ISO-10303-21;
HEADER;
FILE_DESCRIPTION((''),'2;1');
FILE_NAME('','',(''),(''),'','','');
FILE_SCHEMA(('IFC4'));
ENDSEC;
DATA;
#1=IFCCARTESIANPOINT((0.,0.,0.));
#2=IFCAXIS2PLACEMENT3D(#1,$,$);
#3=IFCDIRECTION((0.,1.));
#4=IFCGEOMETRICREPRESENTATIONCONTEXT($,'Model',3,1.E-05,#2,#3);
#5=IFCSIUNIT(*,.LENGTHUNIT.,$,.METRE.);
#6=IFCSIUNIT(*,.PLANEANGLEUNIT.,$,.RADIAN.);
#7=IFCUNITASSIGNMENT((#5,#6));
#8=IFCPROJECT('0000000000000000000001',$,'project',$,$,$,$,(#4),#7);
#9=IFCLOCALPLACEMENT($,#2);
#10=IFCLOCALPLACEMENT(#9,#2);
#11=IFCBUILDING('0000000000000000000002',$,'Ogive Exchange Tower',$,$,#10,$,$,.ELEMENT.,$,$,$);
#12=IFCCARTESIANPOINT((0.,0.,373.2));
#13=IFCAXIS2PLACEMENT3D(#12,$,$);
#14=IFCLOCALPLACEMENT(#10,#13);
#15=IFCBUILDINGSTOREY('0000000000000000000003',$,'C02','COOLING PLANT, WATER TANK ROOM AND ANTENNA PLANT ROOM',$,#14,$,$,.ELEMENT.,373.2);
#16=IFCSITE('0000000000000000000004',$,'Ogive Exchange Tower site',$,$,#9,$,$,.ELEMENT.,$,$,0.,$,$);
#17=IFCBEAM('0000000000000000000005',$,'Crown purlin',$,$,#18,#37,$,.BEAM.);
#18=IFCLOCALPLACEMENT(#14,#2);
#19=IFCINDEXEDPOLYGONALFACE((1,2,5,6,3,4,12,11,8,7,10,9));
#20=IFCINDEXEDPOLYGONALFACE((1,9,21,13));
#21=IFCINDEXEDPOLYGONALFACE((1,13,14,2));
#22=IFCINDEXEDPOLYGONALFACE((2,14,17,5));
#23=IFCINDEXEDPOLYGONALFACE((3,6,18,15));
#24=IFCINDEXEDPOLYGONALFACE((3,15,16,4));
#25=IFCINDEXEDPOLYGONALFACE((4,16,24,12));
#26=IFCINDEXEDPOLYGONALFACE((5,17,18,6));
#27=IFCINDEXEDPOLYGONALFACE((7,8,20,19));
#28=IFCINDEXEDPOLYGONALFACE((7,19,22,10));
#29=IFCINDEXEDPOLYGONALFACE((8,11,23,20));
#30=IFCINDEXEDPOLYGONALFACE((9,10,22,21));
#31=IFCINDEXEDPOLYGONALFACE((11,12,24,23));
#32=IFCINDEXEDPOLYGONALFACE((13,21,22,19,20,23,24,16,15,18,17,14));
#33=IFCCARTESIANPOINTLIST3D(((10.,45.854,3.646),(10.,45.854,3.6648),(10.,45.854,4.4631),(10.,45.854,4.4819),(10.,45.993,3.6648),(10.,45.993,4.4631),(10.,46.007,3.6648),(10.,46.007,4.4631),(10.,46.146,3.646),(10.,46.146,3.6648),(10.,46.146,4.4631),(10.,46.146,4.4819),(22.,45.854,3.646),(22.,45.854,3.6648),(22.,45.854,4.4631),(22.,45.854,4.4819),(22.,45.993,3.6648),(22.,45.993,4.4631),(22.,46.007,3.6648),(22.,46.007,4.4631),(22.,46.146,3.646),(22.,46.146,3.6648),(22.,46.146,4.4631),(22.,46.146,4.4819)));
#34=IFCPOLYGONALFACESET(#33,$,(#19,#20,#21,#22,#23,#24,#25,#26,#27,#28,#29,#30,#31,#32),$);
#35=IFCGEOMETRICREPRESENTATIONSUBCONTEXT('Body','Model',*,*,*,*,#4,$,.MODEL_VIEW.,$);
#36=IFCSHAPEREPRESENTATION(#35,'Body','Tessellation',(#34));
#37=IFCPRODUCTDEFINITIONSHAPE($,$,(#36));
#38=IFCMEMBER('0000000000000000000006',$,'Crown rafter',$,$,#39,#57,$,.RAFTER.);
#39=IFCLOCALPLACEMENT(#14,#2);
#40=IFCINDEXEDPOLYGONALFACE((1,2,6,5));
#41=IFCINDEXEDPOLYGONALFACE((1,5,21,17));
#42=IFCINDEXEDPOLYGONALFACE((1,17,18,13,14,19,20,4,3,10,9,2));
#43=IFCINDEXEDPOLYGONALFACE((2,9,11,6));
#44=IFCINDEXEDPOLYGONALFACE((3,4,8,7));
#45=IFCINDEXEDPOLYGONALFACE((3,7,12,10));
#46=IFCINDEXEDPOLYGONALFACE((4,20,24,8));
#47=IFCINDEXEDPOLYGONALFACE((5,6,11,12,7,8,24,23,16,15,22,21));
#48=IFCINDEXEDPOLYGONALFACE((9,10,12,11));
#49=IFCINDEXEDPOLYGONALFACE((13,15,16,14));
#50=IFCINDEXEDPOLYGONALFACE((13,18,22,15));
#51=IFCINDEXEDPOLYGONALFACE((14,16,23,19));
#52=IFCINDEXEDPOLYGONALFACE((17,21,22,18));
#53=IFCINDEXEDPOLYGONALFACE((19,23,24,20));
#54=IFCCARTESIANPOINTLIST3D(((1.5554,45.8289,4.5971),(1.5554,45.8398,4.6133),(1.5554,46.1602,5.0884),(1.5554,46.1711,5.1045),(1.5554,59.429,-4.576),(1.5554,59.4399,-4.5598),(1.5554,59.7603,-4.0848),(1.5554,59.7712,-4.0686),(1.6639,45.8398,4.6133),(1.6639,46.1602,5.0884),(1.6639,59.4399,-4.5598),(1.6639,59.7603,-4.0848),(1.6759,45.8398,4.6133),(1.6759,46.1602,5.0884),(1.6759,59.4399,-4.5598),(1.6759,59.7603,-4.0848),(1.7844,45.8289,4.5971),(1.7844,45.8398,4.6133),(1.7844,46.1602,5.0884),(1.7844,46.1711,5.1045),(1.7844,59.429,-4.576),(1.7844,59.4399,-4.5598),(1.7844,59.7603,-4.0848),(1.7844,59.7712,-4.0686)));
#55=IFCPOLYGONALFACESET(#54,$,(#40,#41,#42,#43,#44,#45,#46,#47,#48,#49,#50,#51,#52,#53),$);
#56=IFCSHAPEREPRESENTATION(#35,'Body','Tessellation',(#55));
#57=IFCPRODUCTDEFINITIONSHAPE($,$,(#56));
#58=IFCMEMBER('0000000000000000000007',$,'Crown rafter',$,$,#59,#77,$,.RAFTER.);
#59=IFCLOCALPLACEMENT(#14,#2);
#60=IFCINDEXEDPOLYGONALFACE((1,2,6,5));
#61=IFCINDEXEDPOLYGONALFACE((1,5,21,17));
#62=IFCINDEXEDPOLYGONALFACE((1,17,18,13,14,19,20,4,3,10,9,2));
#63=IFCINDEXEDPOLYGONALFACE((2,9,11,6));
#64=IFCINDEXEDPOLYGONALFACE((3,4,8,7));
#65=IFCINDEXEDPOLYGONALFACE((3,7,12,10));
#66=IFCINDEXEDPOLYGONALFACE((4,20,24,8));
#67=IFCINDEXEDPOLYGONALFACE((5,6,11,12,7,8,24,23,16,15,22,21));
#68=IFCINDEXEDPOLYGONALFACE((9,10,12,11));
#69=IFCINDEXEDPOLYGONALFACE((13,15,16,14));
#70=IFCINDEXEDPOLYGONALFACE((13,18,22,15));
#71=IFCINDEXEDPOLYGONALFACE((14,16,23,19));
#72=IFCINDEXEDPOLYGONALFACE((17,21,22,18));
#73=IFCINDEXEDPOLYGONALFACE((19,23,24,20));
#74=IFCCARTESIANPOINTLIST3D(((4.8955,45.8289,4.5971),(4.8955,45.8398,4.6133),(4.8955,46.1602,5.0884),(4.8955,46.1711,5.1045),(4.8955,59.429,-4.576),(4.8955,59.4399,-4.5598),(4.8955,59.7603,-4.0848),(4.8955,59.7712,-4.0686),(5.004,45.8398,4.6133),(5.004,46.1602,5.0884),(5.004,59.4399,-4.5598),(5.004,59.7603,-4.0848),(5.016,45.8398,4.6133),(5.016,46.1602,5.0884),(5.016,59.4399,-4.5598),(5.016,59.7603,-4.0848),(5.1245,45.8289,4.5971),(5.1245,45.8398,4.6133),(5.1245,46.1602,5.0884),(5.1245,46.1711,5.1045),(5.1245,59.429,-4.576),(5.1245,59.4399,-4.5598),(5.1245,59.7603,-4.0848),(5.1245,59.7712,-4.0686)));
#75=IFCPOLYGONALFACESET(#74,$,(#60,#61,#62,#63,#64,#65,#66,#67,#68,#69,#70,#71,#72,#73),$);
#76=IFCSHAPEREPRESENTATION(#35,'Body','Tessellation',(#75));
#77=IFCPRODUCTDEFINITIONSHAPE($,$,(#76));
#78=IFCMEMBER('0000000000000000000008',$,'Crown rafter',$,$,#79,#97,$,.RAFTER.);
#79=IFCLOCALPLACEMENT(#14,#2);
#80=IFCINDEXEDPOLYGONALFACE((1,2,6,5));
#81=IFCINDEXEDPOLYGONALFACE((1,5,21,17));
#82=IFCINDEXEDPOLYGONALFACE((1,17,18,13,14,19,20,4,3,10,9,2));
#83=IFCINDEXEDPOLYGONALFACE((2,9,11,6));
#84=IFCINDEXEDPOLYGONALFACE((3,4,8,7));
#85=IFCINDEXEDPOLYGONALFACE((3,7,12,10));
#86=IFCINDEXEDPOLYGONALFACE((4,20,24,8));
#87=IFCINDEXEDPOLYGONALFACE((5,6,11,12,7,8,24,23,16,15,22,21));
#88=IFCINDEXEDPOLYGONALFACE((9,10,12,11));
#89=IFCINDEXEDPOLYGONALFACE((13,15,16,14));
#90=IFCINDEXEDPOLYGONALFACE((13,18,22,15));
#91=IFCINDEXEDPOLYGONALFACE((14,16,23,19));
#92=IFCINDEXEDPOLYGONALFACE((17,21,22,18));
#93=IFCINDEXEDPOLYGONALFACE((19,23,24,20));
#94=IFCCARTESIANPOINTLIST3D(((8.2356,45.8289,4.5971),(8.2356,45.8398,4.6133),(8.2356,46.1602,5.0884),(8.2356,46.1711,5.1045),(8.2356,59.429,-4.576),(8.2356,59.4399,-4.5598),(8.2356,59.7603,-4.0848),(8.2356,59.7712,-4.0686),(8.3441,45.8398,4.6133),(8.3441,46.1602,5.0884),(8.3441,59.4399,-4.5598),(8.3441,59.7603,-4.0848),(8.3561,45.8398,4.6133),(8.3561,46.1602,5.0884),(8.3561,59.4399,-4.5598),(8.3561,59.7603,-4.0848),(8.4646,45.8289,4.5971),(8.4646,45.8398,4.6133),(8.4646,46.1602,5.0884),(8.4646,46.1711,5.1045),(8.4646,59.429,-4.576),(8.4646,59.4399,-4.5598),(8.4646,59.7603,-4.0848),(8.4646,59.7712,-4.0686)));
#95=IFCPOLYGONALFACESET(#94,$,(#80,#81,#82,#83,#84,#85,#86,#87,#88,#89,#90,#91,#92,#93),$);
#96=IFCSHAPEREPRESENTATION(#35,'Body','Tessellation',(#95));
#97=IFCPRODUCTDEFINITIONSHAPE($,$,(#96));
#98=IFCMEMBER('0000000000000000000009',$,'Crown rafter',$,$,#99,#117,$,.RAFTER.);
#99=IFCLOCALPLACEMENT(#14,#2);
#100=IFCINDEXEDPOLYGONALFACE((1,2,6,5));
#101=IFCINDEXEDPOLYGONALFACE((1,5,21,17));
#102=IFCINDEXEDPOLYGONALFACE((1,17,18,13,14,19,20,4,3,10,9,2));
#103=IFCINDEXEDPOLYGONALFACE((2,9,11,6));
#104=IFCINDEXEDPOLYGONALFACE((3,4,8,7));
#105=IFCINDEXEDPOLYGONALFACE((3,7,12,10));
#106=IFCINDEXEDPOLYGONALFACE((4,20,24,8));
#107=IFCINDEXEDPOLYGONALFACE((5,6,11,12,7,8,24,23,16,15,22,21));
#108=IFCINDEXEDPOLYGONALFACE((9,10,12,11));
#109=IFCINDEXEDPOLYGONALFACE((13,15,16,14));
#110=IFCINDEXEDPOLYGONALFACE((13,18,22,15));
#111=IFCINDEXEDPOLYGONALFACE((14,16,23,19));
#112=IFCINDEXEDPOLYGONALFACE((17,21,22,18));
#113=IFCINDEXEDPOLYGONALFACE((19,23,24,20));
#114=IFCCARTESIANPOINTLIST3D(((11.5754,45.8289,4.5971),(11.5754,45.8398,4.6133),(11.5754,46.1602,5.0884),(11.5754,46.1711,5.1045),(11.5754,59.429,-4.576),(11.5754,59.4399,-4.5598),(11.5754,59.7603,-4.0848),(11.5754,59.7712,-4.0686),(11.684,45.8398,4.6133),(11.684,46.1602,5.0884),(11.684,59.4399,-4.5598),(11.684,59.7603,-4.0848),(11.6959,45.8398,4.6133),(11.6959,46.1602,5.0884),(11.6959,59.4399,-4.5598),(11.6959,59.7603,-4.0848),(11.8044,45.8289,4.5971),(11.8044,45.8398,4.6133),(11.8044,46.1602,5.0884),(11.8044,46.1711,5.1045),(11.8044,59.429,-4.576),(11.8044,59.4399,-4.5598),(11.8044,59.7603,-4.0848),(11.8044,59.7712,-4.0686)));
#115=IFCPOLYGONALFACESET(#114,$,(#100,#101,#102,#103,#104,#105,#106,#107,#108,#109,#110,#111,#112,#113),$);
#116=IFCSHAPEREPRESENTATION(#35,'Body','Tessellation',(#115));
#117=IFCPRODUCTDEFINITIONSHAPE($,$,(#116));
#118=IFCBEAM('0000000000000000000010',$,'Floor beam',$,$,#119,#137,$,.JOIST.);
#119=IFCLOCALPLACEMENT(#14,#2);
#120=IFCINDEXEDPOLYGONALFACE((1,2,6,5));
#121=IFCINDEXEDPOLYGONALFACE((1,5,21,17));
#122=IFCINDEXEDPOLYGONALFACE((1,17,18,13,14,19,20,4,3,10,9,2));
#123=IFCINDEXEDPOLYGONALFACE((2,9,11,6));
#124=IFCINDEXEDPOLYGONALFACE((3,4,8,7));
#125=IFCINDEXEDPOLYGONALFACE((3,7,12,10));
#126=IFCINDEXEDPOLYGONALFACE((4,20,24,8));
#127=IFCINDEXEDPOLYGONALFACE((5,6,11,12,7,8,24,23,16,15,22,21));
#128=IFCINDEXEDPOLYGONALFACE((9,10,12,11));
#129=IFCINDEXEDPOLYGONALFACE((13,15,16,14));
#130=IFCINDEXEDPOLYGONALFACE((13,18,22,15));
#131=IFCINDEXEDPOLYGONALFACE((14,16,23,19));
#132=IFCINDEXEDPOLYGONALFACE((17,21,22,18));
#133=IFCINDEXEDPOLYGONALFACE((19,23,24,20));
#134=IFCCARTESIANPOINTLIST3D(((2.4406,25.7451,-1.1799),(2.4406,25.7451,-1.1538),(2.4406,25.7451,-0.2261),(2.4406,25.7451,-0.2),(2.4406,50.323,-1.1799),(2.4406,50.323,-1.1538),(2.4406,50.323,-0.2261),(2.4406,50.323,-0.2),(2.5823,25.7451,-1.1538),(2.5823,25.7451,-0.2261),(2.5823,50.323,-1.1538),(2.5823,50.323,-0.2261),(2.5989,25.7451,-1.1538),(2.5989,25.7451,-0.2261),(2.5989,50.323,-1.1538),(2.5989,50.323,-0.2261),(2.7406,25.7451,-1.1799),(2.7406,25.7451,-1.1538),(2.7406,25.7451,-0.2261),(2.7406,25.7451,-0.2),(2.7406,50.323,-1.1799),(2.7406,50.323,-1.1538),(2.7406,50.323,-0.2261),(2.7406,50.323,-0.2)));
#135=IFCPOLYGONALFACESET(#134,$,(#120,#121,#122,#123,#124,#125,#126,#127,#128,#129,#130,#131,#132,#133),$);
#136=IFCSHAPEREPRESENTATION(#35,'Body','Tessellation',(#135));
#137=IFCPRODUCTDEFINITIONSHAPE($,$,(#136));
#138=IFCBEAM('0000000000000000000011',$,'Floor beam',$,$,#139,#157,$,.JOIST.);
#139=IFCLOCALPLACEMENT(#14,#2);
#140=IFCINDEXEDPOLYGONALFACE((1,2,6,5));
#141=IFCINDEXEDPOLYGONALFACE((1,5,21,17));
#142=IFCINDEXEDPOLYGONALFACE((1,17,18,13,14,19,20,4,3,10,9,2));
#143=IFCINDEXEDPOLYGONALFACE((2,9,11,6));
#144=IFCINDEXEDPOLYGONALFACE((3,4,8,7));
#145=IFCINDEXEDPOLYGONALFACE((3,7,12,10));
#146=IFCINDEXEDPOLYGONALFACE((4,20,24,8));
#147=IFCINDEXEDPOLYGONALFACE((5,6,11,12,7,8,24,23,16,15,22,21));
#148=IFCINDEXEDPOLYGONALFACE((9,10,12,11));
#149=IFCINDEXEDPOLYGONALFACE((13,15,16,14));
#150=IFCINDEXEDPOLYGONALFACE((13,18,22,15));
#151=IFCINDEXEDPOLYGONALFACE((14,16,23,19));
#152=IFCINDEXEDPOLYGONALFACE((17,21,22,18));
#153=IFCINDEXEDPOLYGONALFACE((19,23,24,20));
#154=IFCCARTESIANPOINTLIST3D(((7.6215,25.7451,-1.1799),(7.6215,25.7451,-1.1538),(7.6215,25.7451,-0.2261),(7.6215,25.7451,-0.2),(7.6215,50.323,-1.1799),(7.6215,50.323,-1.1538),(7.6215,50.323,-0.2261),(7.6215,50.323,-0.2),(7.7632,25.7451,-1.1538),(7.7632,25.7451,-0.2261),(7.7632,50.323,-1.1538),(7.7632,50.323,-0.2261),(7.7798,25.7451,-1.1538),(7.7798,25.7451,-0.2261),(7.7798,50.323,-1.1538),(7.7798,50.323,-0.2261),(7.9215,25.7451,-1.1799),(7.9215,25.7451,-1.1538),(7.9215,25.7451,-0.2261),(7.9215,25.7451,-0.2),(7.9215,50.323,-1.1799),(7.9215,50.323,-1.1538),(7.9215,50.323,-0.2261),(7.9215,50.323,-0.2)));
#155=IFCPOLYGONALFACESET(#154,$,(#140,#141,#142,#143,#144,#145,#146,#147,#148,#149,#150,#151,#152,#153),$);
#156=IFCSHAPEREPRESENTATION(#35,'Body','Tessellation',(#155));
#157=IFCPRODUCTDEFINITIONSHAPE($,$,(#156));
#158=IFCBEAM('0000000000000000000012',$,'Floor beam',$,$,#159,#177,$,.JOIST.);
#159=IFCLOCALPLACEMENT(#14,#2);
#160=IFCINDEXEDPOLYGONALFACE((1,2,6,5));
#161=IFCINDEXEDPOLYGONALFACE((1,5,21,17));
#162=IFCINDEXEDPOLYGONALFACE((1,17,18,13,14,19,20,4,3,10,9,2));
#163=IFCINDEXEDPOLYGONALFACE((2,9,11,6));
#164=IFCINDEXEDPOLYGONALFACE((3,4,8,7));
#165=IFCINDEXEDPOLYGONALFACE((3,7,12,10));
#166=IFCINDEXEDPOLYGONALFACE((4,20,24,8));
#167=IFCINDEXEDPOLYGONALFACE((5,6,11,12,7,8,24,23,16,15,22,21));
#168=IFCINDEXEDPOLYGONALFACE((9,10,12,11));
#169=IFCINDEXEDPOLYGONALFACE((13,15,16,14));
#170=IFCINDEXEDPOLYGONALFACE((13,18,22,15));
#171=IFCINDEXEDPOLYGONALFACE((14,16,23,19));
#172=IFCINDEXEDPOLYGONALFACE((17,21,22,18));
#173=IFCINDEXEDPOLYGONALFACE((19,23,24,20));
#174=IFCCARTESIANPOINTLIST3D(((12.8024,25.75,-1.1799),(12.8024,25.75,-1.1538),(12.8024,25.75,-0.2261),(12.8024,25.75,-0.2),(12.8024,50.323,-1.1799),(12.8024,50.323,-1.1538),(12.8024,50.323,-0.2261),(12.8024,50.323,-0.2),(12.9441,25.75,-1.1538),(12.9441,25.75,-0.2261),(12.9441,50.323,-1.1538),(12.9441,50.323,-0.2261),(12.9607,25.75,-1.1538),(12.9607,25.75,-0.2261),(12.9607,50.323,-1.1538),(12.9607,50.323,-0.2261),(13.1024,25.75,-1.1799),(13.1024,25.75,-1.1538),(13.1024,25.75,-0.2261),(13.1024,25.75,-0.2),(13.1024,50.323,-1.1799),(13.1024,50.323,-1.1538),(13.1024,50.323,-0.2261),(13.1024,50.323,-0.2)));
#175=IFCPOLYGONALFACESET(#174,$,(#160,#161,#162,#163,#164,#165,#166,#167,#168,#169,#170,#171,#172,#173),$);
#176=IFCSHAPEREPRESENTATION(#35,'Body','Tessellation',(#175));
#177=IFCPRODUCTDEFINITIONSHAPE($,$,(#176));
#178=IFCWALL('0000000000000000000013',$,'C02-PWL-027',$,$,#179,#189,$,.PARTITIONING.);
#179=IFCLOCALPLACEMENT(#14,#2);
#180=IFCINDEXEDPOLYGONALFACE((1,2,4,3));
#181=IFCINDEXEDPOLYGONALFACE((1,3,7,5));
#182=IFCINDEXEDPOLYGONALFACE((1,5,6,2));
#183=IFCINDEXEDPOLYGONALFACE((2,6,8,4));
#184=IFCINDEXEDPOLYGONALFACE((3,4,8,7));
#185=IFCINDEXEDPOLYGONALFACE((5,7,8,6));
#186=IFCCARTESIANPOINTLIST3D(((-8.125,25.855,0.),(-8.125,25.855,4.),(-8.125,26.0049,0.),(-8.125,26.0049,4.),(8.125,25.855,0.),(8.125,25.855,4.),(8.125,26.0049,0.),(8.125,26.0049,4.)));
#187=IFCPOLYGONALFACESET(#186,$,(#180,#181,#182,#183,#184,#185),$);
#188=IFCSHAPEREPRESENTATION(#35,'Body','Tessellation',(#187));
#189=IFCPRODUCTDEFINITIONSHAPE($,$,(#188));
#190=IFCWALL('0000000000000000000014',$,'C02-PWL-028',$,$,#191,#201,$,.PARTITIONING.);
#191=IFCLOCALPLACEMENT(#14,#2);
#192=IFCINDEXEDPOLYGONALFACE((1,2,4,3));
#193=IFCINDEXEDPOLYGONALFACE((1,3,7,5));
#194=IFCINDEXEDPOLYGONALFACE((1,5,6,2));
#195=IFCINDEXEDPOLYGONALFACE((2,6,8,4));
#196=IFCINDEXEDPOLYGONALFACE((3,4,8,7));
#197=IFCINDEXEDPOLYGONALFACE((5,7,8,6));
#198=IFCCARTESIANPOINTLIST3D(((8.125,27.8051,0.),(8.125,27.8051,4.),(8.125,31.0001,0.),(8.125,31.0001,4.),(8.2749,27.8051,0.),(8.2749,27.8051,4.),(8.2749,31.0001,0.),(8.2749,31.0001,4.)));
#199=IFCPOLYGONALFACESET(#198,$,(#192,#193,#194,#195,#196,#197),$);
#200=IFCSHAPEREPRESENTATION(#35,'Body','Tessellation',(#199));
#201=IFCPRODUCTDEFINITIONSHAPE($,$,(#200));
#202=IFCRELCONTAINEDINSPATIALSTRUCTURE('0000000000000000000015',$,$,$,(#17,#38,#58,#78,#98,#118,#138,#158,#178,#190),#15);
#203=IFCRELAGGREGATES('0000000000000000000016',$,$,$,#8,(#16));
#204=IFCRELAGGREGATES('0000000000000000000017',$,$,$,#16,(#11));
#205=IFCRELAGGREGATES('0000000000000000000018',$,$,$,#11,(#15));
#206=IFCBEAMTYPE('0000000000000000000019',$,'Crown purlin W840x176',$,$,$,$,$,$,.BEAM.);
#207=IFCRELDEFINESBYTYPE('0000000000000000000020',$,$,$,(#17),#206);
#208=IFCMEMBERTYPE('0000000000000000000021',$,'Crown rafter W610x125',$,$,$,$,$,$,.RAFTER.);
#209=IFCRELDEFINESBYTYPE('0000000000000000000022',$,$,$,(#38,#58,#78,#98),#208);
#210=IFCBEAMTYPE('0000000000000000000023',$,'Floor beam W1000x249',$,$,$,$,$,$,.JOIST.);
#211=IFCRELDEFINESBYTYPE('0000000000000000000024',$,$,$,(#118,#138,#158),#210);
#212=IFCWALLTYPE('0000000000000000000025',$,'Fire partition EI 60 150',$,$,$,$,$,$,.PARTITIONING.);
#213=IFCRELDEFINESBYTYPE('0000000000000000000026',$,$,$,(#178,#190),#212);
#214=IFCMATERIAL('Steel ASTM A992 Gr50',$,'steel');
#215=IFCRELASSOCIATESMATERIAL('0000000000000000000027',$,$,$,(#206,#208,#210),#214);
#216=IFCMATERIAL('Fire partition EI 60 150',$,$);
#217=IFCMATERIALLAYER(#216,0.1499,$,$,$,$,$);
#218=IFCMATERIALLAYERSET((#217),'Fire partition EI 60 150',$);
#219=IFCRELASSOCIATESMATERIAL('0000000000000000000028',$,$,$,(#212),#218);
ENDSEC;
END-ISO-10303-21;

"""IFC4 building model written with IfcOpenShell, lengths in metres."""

from ifc_helpers import new_model, si_unit, direction, frame, frame_2d, origin, origin_2d, place, context, subcontext, project, spatial, rectangle, i_section, extrude, material, layer, layer_set, material_profile, profile_set, type_object, element, save


model = new_model("IFC4")

# Units and contexts
model_context = context("Model", 3, precision=1e-05, world=origin(), true_north=direction((0.0, 1.0)))
body_context = subcontext(model_context, "Body", "Model", "MODEL_VIEW")
ifc_project = project(units=[si_unit("LENGTHUNIT", "METRE"), si_unit("PLANEANGLEUNIT", "RADIAN")], contexts=[model_context])

# Site, building, storey
site_placement = place(None, origin())
site = spatial("IfcSite", under=ifc_project, at=site_placement, Name="Ogive Exchange Tower site", CompositionType="ELEMENT", RefElevation=0.0)
building_placement = place(site_placement, origin())
building = spatial("IfcBuilding", under=site, at=building_placement, Name="Ogive Exchange Tower", CompositionType="ELEMENT")
storey_placement = place(building_placement, frame((0.0, 0.0, 373.2)))
storey = spatial("IfcBuildingStorey", under=building, at=storey_placement, Name="C02", Description="COOLING PLANT, WATER TANK ROOM AND ANTENNA PLANT ROOM", CompositionType="ELEMENT", Elevation=373.2)

# Beam
ifc_material_1 = material(Name="Steel ASTM A992 Gr50", Category="steel")
ifc_material_profile_1 = material_profile(ifc_material_1, i_section(OverallWidth=0.292, OverallDepth=0.8359, WebThickness=0.0139, FlangeThickness=0.0188, at=origin_2d()), Name="W840x176")
ifc_profile_set_1 = profile_set([ifc_material_profile_1], Name="Steel ASTM A992 Gr50")
beam_type_1 = type_object("IfcBeamType", Name="Crown purlin W840x176", PredefinedType="BEAM", material=ifc_profile_set_1)
beam_1_placement = place(storey_placement, frame((10.0, 46.0, 4.064), z_axis=(1.0, 0.0, 0.0), x_axis=(0.0, 1.0, 0.0)))
element("IfcBeam", 1, at=beam_1_placement, inside=storey, type_object=beam_type_1, Name="Crown purlin", PredefinedType="BEAM", context=body_context, shape_type="SweptSolid", body=[
    extrude(i_section(OverallWidth=0.292, OverallDepth=0.8359, WebThickness=0.0139, FlangeThickness=0.0188, at=origin_2d()), origin(), (0.0, 0.0, 1.0), 12.0),
])

# Members
ifc_material_profile_2 = material_profile(ifc_material_1, i_section(OverallWidth=0.229, OverallDepth=0.6121, WebThickness=0.012, FlangeThickness=0.0195, at=origin_2d()), Name="W610x125")
ifc_profile_set_2 = profile_set([ifc_material_profile_2], Name="Steel ASTM A992 Gr50")
member_type = type_object("IfcMemberType", Name="Crown rafter W610x125", PredefinedType="RAFTER", material=ifc_profile_set_2)
for number, where, z_axis, x_axis, name in (
    (2, (1.6699, 46.0, 4.8508), (0.0, 0.829046, -0.559181), (-1.0, 0.0, 0.0), "Crown rafter"),
    (3, (5.01, 46.0, 4.8508), (0.0, 0.829046, -0.559181), (-1.0, 0.0, 0.0), "Crown rafter"),
    (4, (8.3501, 46.0, 4.8508), (0.0, 0.829046, -0.559181), (-1.0, 0.0, 0.0), "Crown rafter"),
    (5, (11.6899, 46.0, 4.8508), (0.0, 0.829046, -0.559181), (-1.0, 0.0, 0.0), "Crown rafter"),
):
    element("IfcMember", number, at=place(storey_placement, frame(where, z_axis=z_axis, x_axis=x_axis)), inside=storey, type_object=member_type, Name=name, PredefinedType="RAFTER", context=body_context, shape_type="SweptSolid", body=[
        extrude(i_section(OverallWidth=0.229, OverallDepth=0.6121, WebThickness=0.012, FlangeThickness=0.0195, at=origin_2d()), origin(), (0.0, 0.0, 1.0), 16.4045),
    ])

# Beams
ifc_material_profile_3 = material_profile(ifc_material_1, i_section(OverallWidth=0.3, OverallDepth=0.98, WebThickness=0.0166, FlangeThickness=0.0261, at=origin_2d()), Name="W1000x249")
ifc_profile_set_3 = profile_set([ifc_material_profile_3], Name="Steel ASTM A992 Gr50")
beam_type_2 = type_object("IfcBeamType", Name="Floor beam W1000x249", PredefinedType="JOIST", material=ifc_profile_set_3)
for number, where, z_axis, x_axis, name in (
    (6, (2.5906, 25.7451, -0.6899), (0.0, 1.0, 0.0), (-1.0, 0.0, 0.0), "Floor beam"),
    (7, (7.7715, 25.7451, -0.6899), (0.0, 1.0, 0.0), (-1.0, 0.0, 0.0), "Floor beam"),
):
    element("IfcBeam", number, at=place(storey_placement, frame(where, z_axis=z_axis, x_axis=x_axis)), inside=storey, type_object=beam_type_2, Name=name, PredefinedType="JOIST", context=body_context, shape_type="SweptSolid", body=[
        extrude(i_section(OverallWidth=0.3, OverallDepth=0.98, WebThickness=0.0166, FlangeThickness=0.0261, at=origin_2d()), origin(), (0.0, 0.0, 1.0), 24.5779),
    ])
beam_2_placement = place(storey_placement, frame((12.9524, 25.75, -0.6899), z_axis=(0.0, 1.0, 0.0), x_axis=(-1.0, 0.0, 0.0)))
element("IfcBeam", 8, at=beam_2_placement, inside=storey, type_object=beam_type_2, Name="Floor beam", PredefinedType="JOIST", context=body_context, shape_type="SweptSolid", body=[
    extrude(i_section(OverallWidth=0.3, OverallDepth=0.98, WebThickness=0.0166, FlangeThickness=0.0261, at=origin_2d()), origin(), (0.0, 0.0, 1.0), 24.573),
])

# Walls
ifc_material_2 = material(Name="Fire partition EI 60 150")
ifc_layer_1 = layer(ifc_material_2, 0.1499)
ifc_layer_set_1 = layer_set([ifc_layer_1], Name="Fire partition EI 60 150")
wall_type_1 = type_object("IfcWallType", Name="Fire partition EI 60 150", PredefinedType="PARTITIONING", material=ifc_layer_set_1)
wall_1_placement = place(storey_placement, frame((8.125, 25.9299, 0.0), z_axis=(0.0, 0.0, 1.0), x_axis=(-1.0, 0.0, 0.0)))
element("IfcWall", 9, at=wall_1_placement, inside=storey, type_object=wall_type_1, Name="C02-PWL-027", PredefinedType="PARTITIONING", context=body_context, shape_type="SweptSolid", body=[
    extrude(rectangle(XDim=16.25, YDim=0.1499, at=frame_2d((8.125, 0.0))), origin(), (0.0, 0.0, 1.0), 4.0),
])
wall_2_placement = place(storey_placement, frame((8.2, 27.8049, 0.0), z_axis=(0.0, 0.0, 1.0), x_axis=(0.0, 1.0, 0.0)))
element("IfcWall", 10, at=wall_2_placement, inside=storey, type_object=wall_type_1, Name="C02-PWL-028", PredefinedType="PARTITIONING", context=body_context, shape_type="SweptSolid", body=[
    extrude(rectangle(XDim=3.1951, YDim=0.1499, at=frame_2d((1.5977, 0.0))), origin(), (0.0, 0.0, 1.0), 4.0),
])

save(model, "model.ifc")
